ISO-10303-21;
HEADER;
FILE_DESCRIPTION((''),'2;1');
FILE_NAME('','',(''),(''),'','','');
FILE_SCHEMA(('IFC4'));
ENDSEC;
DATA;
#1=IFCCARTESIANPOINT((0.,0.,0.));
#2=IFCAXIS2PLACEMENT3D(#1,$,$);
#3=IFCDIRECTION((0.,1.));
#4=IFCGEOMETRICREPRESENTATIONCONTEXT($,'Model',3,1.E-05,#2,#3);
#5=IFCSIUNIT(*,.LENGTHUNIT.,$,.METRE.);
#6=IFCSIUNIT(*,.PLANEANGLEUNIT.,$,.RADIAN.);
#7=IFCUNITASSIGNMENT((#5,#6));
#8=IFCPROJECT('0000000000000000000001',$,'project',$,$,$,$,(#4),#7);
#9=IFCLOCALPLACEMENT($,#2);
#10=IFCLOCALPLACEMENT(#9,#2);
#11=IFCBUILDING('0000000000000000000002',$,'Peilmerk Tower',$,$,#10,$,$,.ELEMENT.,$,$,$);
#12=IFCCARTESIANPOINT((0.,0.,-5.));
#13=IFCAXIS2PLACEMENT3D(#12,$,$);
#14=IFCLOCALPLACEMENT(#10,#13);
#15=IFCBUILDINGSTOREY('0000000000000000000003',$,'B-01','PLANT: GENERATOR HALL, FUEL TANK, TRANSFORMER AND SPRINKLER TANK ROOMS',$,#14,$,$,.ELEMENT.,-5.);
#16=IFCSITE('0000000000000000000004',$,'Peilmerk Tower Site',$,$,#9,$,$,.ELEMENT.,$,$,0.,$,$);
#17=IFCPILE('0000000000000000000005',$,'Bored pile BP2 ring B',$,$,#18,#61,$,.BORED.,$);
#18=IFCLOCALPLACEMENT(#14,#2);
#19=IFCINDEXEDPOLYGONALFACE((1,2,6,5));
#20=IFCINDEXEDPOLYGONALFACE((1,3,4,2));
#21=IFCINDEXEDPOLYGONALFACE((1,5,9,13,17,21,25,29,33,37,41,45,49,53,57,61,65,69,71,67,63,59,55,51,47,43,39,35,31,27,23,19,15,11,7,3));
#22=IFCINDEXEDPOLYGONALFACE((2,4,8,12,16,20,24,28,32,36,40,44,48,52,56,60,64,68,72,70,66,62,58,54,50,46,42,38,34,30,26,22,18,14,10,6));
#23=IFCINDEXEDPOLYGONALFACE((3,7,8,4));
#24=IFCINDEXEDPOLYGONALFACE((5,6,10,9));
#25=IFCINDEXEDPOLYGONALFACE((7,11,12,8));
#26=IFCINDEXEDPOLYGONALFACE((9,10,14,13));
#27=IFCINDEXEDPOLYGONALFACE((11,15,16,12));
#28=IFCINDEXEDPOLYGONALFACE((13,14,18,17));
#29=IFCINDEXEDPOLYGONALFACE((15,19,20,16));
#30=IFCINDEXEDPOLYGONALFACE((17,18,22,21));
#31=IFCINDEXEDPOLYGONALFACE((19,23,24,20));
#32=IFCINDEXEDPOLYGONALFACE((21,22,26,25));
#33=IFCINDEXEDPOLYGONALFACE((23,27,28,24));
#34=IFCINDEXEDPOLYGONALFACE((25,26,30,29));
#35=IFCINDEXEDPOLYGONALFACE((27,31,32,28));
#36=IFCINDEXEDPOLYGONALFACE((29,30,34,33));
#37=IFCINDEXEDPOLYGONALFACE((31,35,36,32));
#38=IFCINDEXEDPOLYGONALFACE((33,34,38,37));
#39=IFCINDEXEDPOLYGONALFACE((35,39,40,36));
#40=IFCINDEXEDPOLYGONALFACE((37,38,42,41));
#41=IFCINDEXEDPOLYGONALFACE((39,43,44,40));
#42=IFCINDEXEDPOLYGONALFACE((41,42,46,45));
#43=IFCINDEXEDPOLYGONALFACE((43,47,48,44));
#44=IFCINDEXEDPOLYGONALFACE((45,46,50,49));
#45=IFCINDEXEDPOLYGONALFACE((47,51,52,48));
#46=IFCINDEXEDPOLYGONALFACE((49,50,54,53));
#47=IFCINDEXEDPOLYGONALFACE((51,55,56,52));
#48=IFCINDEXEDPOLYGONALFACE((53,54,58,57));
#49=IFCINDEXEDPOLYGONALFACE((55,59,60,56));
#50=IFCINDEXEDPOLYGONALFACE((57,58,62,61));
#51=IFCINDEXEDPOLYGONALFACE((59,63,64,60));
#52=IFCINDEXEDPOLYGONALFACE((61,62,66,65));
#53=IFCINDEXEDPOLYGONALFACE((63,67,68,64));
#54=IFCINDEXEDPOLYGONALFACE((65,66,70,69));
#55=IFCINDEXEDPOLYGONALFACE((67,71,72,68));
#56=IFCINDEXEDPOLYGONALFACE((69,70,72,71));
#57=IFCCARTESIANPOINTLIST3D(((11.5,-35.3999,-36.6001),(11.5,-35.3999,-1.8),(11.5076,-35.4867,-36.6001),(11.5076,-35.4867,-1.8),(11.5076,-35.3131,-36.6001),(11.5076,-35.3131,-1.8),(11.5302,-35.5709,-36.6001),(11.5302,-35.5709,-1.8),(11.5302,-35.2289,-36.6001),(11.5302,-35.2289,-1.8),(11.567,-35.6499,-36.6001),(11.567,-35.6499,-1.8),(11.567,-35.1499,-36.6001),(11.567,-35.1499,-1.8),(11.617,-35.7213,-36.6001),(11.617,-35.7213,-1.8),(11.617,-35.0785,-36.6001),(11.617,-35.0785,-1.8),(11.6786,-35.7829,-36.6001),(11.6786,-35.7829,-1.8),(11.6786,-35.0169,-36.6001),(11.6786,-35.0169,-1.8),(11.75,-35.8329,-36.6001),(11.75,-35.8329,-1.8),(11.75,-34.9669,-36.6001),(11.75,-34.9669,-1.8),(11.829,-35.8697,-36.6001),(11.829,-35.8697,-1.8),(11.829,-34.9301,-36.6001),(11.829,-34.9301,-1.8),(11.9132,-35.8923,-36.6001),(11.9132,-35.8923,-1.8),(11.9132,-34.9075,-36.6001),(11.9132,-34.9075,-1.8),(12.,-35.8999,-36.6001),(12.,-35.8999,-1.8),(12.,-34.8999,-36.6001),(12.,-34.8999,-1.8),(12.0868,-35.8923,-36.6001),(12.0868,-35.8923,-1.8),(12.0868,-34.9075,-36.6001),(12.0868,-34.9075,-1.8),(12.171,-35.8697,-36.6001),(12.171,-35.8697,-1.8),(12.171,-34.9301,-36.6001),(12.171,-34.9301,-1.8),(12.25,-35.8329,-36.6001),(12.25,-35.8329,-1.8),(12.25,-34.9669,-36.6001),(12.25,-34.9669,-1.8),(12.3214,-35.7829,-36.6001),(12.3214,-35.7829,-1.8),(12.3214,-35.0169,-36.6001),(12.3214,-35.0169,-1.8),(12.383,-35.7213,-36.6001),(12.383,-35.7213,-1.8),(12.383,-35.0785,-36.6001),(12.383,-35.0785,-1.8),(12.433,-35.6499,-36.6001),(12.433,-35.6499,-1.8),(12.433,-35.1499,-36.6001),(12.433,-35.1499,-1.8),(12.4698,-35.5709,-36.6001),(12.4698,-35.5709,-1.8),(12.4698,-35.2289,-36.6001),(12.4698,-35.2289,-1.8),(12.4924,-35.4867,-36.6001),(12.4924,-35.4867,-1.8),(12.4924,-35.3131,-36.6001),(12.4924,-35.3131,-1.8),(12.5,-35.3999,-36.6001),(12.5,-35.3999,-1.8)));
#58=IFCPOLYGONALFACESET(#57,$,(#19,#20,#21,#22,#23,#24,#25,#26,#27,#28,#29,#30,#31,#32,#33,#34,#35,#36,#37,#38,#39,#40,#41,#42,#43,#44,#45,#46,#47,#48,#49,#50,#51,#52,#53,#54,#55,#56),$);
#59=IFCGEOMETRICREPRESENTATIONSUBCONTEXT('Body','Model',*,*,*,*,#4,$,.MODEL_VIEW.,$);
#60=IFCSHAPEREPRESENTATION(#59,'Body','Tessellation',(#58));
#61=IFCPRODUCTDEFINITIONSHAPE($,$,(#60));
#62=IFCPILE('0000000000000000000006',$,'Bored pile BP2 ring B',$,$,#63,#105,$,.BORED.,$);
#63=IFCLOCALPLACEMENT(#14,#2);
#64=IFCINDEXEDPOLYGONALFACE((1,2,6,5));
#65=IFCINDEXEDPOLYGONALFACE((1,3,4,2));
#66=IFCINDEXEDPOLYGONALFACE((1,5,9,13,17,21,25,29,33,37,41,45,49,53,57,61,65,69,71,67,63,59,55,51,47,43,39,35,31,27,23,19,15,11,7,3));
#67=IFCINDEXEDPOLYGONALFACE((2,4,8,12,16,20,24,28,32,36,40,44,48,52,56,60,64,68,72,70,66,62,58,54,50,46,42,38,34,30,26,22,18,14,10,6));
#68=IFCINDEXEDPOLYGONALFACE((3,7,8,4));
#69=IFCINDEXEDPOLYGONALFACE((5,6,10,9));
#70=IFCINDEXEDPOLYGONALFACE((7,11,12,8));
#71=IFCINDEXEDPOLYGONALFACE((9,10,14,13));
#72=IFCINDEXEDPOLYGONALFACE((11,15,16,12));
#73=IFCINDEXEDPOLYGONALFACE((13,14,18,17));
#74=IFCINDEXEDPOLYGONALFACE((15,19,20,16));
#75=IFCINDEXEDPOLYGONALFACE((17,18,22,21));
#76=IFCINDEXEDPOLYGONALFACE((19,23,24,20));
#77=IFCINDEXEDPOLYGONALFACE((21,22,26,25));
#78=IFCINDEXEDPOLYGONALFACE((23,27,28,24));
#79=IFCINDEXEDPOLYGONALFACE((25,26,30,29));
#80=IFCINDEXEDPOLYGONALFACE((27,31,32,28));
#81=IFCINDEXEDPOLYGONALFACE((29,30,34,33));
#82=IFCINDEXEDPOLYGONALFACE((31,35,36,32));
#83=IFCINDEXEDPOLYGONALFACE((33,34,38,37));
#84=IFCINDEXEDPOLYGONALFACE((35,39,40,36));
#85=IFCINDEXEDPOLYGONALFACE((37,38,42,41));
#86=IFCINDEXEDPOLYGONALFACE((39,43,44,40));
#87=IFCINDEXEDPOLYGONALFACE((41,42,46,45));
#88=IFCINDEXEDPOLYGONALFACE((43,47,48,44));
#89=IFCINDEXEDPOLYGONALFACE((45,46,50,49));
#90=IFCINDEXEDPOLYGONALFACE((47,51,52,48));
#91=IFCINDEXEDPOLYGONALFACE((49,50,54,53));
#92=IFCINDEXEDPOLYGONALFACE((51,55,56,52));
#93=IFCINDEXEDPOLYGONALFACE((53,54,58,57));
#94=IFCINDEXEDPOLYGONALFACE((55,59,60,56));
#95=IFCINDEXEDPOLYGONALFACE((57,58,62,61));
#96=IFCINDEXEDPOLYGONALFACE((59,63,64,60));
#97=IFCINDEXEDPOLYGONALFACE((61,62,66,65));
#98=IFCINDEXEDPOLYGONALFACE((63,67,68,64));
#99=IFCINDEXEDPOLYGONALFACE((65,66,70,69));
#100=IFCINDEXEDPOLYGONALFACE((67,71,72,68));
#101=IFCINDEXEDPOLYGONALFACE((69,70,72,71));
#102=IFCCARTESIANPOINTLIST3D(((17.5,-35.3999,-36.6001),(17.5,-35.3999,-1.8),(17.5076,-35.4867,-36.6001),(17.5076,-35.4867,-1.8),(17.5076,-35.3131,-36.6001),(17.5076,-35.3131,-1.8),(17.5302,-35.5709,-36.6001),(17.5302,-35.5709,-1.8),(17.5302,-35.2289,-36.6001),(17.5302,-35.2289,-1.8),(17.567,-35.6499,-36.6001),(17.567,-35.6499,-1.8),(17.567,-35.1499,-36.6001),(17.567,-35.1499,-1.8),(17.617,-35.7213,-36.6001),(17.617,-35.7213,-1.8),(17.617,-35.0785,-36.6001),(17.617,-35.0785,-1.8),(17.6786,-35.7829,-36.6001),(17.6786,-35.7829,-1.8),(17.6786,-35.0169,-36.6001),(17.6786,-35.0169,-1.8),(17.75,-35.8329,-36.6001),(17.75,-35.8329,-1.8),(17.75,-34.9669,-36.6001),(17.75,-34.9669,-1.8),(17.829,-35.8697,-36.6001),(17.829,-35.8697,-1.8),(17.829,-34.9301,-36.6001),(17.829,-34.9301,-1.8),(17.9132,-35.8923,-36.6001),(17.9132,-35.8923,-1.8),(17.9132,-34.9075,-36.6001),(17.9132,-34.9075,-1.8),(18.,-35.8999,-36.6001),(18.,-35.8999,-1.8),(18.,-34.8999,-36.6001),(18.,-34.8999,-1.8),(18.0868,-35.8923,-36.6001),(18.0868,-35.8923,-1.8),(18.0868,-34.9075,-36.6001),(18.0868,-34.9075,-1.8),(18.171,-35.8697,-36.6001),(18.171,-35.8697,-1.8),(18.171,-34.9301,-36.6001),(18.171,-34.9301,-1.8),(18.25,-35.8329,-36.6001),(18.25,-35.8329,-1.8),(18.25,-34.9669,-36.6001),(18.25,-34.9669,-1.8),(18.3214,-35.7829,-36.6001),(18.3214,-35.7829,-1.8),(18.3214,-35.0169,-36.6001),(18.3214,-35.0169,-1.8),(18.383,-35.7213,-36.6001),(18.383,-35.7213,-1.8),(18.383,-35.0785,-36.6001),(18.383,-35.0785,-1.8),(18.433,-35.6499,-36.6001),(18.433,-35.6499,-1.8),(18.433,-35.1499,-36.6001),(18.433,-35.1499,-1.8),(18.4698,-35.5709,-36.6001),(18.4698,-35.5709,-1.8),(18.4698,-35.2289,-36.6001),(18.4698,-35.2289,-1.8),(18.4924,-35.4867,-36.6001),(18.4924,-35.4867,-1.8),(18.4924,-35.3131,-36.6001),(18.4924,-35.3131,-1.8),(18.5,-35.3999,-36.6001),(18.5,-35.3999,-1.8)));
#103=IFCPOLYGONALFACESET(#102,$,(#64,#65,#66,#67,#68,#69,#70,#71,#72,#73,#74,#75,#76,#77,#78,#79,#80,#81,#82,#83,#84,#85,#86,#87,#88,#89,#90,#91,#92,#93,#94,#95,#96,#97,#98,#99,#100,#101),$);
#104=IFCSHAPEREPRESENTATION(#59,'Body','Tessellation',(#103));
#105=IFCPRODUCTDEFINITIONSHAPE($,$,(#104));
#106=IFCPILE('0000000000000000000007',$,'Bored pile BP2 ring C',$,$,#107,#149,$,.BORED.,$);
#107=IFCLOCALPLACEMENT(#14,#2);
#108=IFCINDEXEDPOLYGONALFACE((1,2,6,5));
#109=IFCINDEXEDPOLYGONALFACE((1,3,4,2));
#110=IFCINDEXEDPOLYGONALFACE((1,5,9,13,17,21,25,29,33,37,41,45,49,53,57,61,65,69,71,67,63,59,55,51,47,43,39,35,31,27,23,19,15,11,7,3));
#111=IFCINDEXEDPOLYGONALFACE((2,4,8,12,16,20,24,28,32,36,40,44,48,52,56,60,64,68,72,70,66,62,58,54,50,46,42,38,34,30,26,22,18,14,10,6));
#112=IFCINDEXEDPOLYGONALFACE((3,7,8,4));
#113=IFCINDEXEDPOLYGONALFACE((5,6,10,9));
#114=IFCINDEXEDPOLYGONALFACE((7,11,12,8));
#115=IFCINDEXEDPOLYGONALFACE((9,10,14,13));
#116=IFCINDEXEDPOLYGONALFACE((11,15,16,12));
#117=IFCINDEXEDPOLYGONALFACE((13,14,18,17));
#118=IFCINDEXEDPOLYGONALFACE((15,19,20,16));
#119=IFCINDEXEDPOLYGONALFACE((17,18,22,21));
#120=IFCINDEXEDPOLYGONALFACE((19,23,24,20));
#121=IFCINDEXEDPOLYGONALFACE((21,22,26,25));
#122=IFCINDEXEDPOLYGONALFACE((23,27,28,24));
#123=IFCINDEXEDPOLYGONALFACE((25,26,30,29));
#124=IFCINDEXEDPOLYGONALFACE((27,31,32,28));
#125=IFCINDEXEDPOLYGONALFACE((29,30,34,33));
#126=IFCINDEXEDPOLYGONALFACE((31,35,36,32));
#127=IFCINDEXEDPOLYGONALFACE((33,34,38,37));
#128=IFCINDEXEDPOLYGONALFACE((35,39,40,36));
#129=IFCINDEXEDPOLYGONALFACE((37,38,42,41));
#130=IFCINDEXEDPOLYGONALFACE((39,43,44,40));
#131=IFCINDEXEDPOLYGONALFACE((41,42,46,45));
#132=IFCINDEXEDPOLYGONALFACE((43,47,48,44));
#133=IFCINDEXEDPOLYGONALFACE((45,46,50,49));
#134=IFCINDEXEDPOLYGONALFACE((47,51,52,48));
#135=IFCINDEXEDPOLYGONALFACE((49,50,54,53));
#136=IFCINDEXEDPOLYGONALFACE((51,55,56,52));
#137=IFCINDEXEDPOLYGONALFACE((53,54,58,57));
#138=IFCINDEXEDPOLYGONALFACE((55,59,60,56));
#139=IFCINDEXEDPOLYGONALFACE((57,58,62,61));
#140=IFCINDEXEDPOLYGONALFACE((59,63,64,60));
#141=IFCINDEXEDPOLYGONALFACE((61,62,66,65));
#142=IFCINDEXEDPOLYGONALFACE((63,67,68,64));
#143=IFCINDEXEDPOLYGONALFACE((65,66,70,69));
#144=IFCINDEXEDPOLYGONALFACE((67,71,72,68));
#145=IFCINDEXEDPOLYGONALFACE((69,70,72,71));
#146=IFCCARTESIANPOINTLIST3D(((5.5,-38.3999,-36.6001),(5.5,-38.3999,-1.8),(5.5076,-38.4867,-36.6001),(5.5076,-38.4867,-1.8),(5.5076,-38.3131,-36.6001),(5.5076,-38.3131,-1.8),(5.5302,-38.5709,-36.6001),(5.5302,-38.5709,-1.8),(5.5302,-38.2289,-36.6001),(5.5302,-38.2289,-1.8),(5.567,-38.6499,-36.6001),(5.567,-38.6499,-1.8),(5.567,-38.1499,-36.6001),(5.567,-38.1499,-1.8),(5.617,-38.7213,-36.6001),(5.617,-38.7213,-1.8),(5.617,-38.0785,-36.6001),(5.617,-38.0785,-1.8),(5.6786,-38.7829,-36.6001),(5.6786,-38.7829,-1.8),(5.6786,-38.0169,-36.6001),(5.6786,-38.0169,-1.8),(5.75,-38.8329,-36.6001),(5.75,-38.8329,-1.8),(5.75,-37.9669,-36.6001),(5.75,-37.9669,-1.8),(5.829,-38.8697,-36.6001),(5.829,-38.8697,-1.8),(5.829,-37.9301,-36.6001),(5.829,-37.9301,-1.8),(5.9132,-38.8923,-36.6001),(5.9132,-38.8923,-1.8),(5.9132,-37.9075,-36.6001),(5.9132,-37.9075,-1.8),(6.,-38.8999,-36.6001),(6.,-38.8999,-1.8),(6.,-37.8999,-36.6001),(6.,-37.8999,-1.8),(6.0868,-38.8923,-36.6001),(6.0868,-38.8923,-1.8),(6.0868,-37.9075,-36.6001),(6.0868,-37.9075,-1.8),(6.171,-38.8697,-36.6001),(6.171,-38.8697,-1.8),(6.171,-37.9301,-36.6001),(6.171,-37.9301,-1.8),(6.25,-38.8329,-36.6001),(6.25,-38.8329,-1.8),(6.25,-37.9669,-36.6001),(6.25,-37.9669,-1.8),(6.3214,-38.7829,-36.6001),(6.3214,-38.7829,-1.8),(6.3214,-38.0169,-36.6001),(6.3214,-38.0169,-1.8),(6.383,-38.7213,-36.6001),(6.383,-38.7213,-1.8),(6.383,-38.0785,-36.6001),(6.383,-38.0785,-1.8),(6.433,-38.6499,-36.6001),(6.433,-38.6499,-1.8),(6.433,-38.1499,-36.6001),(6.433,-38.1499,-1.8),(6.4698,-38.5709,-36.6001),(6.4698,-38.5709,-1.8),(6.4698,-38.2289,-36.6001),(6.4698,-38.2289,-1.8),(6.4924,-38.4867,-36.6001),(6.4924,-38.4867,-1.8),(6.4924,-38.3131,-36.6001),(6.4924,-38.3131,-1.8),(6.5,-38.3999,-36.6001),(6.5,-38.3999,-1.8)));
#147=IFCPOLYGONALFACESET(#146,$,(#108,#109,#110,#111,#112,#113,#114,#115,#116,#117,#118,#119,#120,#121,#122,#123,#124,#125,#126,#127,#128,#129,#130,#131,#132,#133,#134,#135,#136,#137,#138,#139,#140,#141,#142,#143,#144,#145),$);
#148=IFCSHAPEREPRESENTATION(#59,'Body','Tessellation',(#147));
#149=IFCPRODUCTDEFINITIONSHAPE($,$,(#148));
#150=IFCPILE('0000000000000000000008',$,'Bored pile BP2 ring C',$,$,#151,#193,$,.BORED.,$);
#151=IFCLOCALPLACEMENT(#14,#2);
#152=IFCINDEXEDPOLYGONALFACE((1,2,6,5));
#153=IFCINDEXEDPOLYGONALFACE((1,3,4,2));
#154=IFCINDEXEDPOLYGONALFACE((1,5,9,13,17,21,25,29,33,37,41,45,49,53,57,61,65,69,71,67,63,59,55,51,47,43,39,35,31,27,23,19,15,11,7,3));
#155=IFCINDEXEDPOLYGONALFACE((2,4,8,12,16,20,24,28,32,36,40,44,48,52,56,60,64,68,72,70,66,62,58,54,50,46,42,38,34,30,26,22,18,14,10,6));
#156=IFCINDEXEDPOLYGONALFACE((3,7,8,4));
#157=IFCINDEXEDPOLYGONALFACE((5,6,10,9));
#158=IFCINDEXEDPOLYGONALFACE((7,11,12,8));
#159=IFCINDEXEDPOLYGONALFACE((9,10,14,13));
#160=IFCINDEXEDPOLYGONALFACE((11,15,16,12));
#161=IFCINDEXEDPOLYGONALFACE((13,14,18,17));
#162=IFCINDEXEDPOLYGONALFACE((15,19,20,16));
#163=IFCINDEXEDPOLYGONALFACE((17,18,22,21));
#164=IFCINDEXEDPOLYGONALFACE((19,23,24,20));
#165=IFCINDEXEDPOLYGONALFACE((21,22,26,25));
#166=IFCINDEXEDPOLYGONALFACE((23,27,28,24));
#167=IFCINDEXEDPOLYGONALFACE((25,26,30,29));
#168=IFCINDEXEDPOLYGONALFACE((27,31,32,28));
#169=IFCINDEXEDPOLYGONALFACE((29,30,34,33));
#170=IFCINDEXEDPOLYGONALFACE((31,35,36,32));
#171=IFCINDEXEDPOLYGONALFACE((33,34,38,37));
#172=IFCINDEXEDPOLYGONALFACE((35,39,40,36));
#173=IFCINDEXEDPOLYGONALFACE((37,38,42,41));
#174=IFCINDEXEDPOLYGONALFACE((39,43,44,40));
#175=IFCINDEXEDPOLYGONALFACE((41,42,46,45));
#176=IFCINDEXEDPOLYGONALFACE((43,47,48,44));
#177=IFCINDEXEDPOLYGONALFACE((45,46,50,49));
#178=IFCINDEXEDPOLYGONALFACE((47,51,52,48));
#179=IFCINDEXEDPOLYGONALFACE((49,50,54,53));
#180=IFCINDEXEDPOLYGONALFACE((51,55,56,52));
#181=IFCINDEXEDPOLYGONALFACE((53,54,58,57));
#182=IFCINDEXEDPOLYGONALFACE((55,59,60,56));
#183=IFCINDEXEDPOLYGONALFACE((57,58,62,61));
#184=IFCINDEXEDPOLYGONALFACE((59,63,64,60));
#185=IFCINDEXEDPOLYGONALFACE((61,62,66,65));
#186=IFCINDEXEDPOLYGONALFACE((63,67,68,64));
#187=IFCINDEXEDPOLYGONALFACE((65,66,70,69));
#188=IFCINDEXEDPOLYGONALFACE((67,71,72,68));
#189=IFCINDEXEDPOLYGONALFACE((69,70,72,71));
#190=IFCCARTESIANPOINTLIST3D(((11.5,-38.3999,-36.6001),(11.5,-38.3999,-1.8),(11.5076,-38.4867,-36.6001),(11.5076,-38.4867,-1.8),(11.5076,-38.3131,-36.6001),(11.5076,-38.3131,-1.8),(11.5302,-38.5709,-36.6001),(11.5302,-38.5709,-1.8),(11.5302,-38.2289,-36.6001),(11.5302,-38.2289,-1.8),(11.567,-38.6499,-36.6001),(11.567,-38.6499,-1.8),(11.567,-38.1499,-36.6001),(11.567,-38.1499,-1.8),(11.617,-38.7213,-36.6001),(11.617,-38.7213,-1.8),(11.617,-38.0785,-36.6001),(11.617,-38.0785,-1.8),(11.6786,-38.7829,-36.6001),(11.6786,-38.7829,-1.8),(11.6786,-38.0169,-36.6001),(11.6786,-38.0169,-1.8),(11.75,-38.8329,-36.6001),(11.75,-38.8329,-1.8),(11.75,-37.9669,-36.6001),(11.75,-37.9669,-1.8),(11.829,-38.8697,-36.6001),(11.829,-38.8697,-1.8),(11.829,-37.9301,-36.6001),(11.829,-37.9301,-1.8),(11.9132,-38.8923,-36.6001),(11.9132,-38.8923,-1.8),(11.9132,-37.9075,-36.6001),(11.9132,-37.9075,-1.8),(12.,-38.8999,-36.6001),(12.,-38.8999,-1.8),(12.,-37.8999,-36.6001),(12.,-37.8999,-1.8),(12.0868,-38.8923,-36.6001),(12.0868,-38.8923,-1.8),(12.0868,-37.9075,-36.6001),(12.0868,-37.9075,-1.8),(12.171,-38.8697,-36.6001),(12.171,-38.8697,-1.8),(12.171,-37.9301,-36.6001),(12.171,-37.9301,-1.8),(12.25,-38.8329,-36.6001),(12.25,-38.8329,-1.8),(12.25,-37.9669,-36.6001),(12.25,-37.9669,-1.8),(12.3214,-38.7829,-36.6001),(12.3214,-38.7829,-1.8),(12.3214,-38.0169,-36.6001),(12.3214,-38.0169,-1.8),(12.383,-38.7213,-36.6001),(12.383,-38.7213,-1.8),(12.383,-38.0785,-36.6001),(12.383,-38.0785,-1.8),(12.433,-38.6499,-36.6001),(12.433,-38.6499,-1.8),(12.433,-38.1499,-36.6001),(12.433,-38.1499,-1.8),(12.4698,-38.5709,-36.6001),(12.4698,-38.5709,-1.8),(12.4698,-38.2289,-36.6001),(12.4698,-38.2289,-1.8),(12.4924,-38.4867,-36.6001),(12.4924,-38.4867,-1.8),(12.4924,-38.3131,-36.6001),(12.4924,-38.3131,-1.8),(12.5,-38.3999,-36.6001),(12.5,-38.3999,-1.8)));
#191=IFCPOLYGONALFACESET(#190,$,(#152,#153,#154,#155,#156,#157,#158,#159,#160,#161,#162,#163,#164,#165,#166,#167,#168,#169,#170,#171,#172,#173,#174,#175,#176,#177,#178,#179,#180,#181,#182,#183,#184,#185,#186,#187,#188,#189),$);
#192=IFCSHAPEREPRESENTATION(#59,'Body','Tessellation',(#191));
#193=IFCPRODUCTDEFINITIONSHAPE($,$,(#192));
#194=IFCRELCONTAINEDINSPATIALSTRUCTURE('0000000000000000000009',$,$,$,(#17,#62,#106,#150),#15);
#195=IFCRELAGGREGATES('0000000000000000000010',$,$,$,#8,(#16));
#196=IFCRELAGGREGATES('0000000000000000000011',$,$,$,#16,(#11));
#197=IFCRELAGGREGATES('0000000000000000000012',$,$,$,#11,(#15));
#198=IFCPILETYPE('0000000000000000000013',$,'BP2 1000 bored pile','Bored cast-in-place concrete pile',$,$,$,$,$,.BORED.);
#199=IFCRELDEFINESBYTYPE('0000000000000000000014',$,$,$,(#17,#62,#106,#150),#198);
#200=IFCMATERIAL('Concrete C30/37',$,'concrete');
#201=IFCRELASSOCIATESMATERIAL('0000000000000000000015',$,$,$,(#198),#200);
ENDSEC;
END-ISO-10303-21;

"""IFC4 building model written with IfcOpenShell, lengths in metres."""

from ifc_helpers import new_model, si_unit, direction, frame, origin, origin_2d, place, context, subcontext, project, spatial, circle, extrude, material, material_profile, profile_set, type_object, element, save


model = new_model("IFC4")

# Units and contexts
model_context = context("Model", 3, precision=1e-05, world=origin(), true_north=direction((0.0, 1.0)))
body_context = subcontext(model_context, "Body", "Model", "MODEL_VIEW")
ifc_project = project(units=[si_unit("LENGTHUNIT", "METRE"), si_unit("PLANEANGLEUNIT", "RADIAN")], contexts=[model_context])

# Site, building, storey
site_placement = place(None, origin())
site = spatial("IfcSite", under=ifc_project, at=site_placement, Name="Peilmerk Tower Site", CompositionType="ELEMENT", RefElevation=0.0)
building_placement = place(site_placement, origin())
building = spatial("IfcBuilding", under=site, at=building_placement, Name="Peilmerk Tower", CompositionType="ELEMENT")
storey_placement = place(building_placement, frame((0.0, 0.0, -5.0)))
storey = spatial("IfcBuildingStorey", under=building, at=storey_placement, Name="B-01", Description="PLANT: GENERATOR HALL, FUEL TANK, TRANSFORMER AND SPRINKLER TANK ROOMS", CompositionType="ELEMENT", Elevation=-5.0)

# Piles
ifc_material_1 = material(Name="Concrete C30/37", Category="concrete")
ifc_material_profile_1 = material_profile(ifc_material_1, circle(Radius=0.5, at=origin_2d()), Name="BP 1000")
ifc_profile_set_1 = profile_set([ifc_material_profile_1], Name="Concrete C30/37")
pile_type = type_object("IfcPileType", Name="BP2 1000 bored pile", Description="Bored cast-in-place concrete pile", PredefinedType="BORED", material=ifc_profile_set_1)
for number, where, z_axis, x_axis, name in (
    (1, (12.0, -35.3999, -1.8), (0.0, 0.0, -1.0), (1.0, 0.0, 0.0), "Bored pile BP2 ring B"),
    (2, (18.0, -35.3999, -1.8), (0.0, 0.0, -1.0), (1.0, 0.0, 0.0), "Bored pile BP2 ring B"),
    (3, (6.0, -38.3999, -1.8), (0.0, 0.0, -1.0), (1.0, 0.0, 0.0), "Bored pile BP2 ring C"),
    (4, (12.0, -38.3999, -1.8), (0.0, 0.0, -1.0), (1.0, 0.0, 0.0), "Bored pile BP2 ring C"),
):
    element("IfcPile", number, at=place(storey_placement, frame(where, z_axis=z_axis, x_axis=x_axis)), inside=storey, type_object=pile_type, Name=name, PredefinedType="BORED", context=body_context, shape_type="SweptSolid", body=[
        extrude(circle(Radius=0.5, at=origin_2d()), origin(), (0.0, 0.0, 1.0), 34.8),
    ])

save(model, "model.ifc")
